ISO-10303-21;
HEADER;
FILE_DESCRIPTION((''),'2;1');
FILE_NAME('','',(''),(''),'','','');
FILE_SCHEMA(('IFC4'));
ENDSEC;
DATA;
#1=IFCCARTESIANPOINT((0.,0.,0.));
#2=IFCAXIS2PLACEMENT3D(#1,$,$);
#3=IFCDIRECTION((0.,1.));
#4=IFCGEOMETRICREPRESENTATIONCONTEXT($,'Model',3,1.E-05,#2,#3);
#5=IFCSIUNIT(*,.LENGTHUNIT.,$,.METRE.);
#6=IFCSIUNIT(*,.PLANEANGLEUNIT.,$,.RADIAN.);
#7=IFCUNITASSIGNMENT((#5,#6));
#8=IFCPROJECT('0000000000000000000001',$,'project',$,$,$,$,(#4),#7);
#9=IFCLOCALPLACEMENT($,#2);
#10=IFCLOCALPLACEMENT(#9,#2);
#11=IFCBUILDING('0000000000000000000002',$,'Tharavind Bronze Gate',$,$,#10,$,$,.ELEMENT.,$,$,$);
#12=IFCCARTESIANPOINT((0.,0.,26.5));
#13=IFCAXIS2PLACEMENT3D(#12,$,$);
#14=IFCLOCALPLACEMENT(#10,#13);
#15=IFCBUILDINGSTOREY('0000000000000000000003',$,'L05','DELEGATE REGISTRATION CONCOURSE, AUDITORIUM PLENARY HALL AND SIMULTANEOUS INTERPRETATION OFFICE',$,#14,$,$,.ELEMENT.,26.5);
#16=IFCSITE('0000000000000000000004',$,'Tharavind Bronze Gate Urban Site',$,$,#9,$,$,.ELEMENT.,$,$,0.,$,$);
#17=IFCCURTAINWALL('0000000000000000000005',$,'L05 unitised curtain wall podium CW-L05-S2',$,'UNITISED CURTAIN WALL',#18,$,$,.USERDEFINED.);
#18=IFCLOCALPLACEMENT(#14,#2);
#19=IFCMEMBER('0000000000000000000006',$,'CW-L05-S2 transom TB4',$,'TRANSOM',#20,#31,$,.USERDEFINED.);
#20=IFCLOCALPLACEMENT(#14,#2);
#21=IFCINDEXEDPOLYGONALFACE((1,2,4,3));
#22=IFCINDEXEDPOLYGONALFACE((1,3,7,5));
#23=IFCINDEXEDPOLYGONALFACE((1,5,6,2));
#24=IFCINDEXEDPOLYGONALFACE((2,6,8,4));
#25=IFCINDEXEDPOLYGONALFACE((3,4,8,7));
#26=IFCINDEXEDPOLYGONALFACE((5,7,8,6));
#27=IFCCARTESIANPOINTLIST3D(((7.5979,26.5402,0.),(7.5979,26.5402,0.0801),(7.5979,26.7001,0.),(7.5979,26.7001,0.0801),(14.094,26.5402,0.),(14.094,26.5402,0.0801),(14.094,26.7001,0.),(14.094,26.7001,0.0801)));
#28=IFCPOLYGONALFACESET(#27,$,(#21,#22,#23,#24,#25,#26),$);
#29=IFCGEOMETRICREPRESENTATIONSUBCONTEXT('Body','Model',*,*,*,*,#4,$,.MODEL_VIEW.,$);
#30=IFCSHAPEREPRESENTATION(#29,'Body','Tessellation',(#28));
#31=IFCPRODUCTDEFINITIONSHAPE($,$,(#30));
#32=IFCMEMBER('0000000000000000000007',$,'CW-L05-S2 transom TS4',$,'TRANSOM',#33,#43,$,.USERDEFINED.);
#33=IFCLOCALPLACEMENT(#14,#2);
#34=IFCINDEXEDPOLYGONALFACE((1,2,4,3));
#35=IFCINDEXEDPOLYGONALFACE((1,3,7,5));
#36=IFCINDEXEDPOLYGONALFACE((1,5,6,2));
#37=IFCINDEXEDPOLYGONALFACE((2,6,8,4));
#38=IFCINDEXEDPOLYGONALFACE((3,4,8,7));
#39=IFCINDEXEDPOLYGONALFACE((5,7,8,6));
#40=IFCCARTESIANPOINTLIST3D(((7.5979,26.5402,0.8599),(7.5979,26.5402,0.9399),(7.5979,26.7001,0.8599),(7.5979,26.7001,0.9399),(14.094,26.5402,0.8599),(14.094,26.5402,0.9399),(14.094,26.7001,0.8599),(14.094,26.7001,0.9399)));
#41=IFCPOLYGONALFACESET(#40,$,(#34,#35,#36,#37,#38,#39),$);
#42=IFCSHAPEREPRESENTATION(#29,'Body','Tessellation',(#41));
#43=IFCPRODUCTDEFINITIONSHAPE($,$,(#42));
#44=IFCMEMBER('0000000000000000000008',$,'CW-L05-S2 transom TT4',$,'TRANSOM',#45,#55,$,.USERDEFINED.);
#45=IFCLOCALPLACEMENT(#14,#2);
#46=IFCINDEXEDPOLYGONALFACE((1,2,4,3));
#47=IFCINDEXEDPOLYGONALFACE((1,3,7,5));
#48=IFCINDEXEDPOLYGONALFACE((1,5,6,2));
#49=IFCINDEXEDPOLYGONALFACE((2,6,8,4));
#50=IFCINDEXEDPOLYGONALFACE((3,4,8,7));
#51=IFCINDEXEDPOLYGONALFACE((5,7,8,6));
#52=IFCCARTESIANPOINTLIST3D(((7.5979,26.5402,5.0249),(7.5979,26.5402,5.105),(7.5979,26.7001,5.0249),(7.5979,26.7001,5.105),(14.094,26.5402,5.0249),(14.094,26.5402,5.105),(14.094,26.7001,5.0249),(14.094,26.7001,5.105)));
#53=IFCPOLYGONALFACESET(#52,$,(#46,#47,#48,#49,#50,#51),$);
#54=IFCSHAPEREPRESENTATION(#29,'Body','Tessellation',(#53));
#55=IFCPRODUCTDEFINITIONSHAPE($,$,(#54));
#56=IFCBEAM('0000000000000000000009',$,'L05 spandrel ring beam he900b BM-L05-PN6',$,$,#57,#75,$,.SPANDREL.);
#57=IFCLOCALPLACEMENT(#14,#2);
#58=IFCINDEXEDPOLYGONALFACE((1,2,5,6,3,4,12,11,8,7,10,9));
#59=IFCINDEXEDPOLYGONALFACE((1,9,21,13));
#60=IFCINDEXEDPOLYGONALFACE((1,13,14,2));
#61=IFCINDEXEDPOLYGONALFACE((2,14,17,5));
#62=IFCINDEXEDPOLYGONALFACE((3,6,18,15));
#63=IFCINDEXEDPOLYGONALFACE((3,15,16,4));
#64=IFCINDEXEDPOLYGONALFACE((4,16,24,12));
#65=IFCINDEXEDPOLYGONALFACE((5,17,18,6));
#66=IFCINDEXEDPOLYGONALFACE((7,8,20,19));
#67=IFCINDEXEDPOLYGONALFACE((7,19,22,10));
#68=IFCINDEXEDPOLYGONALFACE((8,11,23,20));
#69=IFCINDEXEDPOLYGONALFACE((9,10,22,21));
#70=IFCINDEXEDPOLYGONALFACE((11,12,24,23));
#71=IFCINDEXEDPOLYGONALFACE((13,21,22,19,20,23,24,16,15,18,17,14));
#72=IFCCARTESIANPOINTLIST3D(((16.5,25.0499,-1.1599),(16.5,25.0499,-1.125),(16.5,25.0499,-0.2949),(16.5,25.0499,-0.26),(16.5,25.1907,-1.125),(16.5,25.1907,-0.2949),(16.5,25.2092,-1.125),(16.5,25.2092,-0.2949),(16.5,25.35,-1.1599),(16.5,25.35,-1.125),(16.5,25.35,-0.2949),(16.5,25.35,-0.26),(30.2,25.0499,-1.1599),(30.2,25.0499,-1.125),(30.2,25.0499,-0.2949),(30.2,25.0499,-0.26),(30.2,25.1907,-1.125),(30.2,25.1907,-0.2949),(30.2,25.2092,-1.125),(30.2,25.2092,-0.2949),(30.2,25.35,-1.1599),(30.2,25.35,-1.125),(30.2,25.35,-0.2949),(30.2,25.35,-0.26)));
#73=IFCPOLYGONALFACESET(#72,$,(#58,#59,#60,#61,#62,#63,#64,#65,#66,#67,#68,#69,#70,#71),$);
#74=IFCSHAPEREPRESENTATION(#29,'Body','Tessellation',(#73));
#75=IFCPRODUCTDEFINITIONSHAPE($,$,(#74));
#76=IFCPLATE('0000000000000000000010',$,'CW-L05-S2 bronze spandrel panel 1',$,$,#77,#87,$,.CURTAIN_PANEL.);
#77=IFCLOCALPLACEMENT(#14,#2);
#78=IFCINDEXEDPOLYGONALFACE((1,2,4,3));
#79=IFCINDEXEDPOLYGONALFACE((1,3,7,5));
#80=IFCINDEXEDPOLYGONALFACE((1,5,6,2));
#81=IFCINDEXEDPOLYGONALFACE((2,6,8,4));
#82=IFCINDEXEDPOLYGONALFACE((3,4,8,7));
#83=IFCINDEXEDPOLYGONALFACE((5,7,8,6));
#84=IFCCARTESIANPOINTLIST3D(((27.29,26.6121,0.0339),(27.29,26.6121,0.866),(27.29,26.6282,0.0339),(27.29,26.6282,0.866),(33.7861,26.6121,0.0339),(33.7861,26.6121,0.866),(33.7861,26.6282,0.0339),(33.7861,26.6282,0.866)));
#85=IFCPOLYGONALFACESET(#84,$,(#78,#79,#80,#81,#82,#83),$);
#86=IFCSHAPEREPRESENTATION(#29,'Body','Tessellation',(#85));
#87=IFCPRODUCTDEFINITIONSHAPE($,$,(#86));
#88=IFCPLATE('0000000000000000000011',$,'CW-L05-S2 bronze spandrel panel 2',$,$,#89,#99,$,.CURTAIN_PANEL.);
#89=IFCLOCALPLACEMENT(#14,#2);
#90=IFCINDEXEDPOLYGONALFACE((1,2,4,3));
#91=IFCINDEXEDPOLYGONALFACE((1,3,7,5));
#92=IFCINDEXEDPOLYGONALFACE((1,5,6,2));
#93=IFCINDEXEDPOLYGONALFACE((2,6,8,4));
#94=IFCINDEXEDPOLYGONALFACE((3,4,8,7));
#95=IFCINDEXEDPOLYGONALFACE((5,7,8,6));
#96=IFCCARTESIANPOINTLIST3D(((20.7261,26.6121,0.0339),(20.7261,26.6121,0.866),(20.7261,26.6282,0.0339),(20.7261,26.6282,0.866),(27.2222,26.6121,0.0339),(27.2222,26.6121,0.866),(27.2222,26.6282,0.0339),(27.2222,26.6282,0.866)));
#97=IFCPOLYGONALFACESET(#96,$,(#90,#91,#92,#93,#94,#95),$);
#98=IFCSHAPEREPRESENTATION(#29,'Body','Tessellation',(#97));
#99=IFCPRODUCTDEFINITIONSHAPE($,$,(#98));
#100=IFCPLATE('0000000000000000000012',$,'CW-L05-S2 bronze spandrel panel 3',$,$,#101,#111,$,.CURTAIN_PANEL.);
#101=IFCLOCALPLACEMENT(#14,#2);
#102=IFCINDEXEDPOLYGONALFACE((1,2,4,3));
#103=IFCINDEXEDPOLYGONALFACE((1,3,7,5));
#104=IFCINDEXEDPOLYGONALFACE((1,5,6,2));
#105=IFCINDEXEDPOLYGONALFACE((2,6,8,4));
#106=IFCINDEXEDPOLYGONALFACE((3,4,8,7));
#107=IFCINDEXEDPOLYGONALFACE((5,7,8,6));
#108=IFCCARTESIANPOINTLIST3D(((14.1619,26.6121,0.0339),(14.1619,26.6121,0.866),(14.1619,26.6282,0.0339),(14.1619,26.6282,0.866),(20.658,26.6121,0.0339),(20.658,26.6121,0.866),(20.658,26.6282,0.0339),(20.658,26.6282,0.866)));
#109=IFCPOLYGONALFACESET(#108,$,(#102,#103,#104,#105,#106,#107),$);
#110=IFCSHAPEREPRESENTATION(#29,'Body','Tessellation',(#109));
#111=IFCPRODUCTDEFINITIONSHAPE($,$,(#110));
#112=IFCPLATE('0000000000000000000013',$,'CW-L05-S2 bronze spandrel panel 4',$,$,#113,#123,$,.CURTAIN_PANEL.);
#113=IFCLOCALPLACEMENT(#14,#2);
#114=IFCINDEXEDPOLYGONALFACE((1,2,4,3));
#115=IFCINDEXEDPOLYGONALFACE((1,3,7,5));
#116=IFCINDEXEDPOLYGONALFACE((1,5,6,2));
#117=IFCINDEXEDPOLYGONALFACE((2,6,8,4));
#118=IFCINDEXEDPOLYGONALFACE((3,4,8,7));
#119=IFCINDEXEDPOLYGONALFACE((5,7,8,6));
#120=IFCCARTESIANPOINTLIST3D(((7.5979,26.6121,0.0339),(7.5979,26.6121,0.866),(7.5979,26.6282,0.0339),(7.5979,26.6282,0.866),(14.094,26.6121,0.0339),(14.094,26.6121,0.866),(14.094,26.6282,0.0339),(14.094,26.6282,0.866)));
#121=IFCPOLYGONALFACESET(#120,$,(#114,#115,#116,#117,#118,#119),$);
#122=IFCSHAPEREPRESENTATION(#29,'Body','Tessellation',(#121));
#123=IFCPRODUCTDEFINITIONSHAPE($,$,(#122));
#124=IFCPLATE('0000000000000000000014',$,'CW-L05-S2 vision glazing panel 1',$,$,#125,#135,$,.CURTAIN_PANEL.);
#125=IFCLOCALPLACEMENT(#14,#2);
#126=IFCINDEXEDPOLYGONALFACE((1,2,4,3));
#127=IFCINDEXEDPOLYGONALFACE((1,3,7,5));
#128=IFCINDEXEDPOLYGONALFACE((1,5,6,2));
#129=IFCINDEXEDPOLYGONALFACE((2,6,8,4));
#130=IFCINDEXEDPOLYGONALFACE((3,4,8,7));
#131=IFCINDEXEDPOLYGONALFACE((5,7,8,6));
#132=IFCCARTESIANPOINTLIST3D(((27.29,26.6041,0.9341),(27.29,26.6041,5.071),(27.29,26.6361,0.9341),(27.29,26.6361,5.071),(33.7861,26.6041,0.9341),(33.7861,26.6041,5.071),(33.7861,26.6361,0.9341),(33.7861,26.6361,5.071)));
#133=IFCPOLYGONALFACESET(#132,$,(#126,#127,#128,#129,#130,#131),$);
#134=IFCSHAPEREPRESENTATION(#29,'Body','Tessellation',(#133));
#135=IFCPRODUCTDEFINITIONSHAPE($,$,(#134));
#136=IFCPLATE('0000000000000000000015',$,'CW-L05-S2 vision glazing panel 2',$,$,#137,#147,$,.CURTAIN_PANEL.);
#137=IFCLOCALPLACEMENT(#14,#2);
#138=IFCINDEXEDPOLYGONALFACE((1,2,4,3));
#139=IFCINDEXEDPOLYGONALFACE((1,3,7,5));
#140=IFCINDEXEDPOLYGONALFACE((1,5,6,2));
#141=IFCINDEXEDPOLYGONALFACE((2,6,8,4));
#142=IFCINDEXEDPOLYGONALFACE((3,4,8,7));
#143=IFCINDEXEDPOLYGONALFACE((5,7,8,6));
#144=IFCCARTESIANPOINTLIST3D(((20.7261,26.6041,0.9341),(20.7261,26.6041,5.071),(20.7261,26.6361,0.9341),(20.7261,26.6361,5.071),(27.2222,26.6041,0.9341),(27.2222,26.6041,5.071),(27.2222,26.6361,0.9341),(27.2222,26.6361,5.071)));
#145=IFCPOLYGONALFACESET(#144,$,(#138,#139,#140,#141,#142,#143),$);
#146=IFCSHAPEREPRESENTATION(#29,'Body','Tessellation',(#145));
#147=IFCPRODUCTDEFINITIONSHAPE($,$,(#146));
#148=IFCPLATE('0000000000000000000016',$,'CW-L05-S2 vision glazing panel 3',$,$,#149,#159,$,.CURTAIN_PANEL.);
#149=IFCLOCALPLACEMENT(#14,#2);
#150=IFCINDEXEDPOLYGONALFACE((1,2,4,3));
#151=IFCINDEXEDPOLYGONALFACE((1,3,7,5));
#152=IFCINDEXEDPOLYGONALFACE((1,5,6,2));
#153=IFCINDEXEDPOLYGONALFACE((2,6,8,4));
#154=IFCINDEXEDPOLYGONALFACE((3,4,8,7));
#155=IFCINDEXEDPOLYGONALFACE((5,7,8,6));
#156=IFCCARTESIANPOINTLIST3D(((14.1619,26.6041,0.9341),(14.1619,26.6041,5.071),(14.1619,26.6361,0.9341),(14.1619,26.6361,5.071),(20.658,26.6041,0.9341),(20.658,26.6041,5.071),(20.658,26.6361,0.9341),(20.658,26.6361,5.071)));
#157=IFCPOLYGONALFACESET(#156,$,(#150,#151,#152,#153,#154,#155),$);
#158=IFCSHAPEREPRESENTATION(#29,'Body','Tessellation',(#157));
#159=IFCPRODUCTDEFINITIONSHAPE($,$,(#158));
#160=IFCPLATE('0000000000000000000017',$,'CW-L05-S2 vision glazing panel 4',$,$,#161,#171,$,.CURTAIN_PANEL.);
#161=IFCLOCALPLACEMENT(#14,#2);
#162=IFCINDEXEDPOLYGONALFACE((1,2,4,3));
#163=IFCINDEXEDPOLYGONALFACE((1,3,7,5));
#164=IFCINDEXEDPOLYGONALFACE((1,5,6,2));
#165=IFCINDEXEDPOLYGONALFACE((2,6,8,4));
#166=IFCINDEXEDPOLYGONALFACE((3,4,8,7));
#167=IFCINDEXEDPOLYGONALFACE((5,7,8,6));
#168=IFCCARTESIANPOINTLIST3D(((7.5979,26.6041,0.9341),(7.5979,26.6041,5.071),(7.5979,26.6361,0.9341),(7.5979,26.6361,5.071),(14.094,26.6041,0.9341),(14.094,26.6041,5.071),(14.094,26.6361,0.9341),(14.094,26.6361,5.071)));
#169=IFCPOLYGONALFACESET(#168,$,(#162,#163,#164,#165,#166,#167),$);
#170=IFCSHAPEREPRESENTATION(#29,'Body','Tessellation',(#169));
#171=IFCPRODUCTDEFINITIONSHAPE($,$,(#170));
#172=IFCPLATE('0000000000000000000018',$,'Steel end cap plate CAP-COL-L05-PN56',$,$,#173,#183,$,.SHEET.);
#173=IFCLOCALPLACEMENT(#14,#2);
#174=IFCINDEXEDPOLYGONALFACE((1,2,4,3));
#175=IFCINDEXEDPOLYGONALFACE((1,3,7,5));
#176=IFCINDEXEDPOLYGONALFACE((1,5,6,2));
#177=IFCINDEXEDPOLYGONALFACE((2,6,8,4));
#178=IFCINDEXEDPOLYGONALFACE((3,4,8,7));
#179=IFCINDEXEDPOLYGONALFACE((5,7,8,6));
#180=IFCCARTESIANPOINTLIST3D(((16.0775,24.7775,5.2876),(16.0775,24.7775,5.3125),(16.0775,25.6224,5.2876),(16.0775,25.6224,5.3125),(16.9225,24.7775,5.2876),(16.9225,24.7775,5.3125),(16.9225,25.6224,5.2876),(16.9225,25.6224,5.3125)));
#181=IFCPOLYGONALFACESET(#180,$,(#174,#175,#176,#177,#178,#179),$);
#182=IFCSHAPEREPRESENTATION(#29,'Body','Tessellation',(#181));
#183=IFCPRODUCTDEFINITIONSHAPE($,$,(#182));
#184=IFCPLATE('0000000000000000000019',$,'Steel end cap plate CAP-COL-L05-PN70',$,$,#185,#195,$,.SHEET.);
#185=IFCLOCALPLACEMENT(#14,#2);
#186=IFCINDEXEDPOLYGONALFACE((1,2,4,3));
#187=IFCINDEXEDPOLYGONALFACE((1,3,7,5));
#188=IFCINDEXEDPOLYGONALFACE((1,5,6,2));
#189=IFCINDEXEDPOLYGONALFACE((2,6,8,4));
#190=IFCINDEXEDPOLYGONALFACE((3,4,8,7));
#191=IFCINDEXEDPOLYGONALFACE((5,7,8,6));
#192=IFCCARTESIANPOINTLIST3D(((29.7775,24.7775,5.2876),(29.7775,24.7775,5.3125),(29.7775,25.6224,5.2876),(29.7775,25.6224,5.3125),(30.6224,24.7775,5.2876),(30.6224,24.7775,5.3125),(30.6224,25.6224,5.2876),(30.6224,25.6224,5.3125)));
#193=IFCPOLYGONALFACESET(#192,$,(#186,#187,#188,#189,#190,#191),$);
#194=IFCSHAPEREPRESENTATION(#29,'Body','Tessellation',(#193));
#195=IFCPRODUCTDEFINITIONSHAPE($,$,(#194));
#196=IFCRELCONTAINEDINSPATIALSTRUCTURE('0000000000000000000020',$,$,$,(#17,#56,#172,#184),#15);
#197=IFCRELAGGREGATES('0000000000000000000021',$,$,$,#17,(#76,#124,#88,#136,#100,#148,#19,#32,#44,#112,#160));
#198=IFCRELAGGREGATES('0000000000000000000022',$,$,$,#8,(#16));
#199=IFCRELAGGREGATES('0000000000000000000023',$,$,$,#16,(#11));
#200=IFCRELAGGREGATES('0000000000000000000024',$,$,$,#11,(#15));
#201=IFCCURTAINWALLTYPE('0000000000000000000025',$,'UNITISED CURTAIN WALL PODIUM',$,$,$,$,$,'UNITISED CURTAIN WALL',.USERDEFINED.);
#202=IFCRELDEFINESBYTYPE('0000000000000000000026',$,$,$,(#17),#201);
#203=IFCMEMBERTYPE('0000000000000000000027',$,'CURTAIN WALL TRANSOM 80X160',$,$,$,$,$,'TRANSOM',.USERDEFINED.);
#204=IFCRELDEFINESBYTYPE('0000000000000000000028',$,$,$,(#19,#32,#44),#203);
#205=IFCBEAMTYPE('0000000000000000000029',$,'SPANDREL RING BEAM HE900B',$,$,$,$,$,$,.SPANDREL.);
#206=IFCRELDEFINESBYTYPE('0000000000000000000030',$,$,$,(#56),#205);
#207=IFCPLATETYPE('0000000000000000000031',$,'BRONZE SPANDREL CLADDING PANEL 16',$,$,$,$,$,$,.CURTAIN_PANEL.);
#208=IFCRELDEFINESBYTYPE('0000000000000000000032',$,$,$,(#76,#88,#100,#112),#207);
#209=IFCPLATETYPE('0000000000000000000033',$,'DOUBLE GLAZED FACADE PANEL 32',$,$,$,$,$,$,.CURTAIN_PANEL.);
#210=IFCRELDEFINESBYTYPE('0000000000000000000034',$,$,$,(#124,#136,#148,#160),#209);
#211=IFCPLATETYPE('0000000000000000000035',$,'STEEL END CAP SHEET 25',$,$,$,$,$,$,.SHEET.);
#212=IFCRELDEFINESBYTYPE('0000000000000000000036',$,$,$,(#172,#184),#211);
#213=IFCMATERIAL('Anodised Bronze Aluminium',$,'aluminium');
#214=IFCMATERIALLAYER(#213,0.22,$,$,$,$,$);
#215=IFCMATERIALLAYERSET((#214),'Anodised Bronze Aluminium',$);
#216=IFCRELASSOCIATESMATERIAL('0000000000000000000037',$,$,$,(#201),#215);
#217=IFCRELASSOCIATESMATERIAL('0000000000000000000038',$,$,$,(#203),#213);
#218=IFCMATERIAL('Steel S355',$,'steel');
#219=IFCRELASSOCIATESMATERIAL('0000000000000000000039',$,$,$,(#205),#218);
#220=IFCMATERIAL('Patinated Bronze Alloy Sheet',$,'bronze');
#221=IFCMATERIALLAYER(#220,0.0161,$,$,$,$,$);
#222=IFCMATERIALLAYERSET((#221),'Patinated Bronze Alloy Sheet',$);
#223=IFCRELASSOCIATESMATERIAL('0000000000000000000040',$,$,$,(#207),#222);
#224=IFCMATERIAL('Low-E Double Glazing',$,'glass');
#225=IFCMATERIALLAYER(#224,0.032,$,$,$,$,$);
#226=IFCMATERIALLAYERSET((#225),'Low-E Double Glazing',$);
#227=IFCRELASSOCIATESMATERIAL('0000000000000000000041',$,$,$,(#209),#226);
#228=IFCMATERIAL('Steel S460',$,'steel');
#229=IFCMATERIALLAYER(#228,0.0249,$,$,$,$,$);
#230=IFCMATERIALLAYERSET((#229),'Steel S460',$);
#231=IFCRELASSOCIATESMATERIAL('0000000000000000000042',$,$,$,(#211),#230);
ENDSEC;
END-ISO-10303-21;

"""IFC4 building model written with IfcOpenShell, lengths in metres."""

from ifc_helpers import new_model, si_unit, direction, frame, origin, origin_2d, place, context, subcontext, project, spatial, rectangle, i_section, extrude, material, layer, layer_set, material_profile, profile_set, type_object, element, aggregate, save


model = new_model("IFC4")

# Units and contexts
model_context = context("Model", 3, precision=1e-05, world=origin(), true_north=direction((0.0, 1.0)))
body_context = subcontext(model_context, "Body", "Model", "MODEL_VIEW")
ifc_project = project(units=[si_unit("LENGTHUNIT", "METRE"), si_unit("PLANEANGLEUNIT", "RADIAN")], contexts=[model_context])

# Site, building, storey
site_placement = place(None, origin())
site = spatial("IfcSite", under=ifc_project, at=site_placement, Name="Tharavind Bronze Gate Urban Site", CompositionType="ELEMENT", RefElevation=0.0)
building_placement = place(site_placement, origin())
building = spatial("IfcBuilding", under=site, at=building_placement, Name="Tharavind Bronze Gate", CompositionType="ELEMENT")
storey_placement = place(building_placement, frame((0.0, 0.0, 26.5)))
storey = spatial("IfcBuildingStorey", under=building, at=storey_placement, Name="L05", Description="DELEGATE REGISTRATION CONCOURSE, AUDITORIUM PLENARY HALL AND SIMULTANEOUS INTERPRETATION OFFICE", CompositionType="ELEMENT", Elevation=26.5)

# Shared definitions
ifc_material_1 = material(Name="Steel S460", Category="steel")

# Curtain wall, members
ifc_material_2 = material(Name="Anodised Bronze Aluminium", Category="aluminium")
ifc_layer_1 = layer(ifc_material_2, 0.22)
ifc_layer_set_1 = layer_set([ifc_layer_1], Name="Anodised Bronze Aluminium")
curtain_wall_type = type_object("IfcCurtainWallType", Name="UNITISED CURTAIN WALL PODIUM", ElementType="UNITISED CURTAIN WALL", PredefinedType="USERDEFINED", material=ifc_layer_set_1)
curtain_wall_placement = place(storey_placement, origin())
curtain_wall = element("IfcCurtainWall", 1, at=curtain_wall_placement, inside=storey, type_object=curtain_wall_type, Name="L05 unitised curtain wall podium CW-L05-S2", ObjectType="UNITISED CURTAIN WALL", PredefinedType="USERDEFINED")
member_type_1 = type_object("IfcMemberType", Name="CURTAIN WALL TRANSOM 80X160", ElementType="TRANSOM", PredefinedType="USERDEFINED", material=ifc_material_2)
member_1_placement = place(storey_placement, frame((10.8459, 26.6201, 0.0), z_axis=(0.0, 0.0, 1.0), x_axis=(-1.0, 0.0, 0.0)))
member_1 = element("IfcMember", 2, at=member_1_placement, type_object=member_type_1, Name="CW-L05-S2 transom TB4", ObjectType="TRANSOM", PredefinedType="USERDEFINED", context=body_context, shape_type="SweptSolid", body=[
    extrude(rectangle(XDim=6.4961, YDim=0.1599, at=origin_2d()), origin(), (0.0, 0.0, 1.0), 0.0801),
])
member_2_placement = place(storey_placement, frame((10.8459, 26.6201, 0.8599), z_axis=(0.0, 0.0, 1.0), x_axis=(-1.0, 0.0, 0.0)))
member_2 = element("IfcMember", 3, at=member_2_placement, type_object=member_type_1, Name="CW-L05-S2 transom TS4", ObjectType="TRANSOM", PredefinedType="USERDEFINED", context=body_context, shape_type="SweptSolid", body=[
    extrude(rectangle(XDim=6.4961, YDim=0.1599, at=origin_2d()), origin(), (0.0, 0.0, 1.0), 0.0801),
])
member_3_placement = place(storey_placement, frame((10.8459, 26.6201, 5.0249), z_axis=(0.0, 0.0, 1.0), x_axis=(-1.0, 0.0, 0.0)))
member_3 = element("IfcMember", 4, at=member_3_placement, type_object=member_type_1, Name="CW-L05-S2 transom TT4", ObjectType="TRANSOM", PredefinedType="USERDEFINED", context=body_context, shape_type="SweptSolid", body=[
    extrude(rectangle(XDim=6.4961, YDim=0.1599, at=origin_2d()), origin(), (0.0, 0.0, 1.0), 0.0801),
])

# Beam
ifc_material_3 = material(Name="Steel S355", Category="steel")
ifc_material_profile_1 = material_profile(ifc_material_3, i_section(OverallWidth=0.3, OverallDepth=0.8999, WebThickness=0.0186, FlangeThickness=0.0349, at=origin_2d()), Name="HE900B")
ifc_profile_set_1 = profile_set([ifc_material_profile_1], Name="Steel S355")
beam_type = type_object("IfcBeamType", Name="SPANDREL RING BEAM HE900B", PredefinedType="SPANDREL", material=ifc_profile_set_1)
beam_placement = place(storey_placement, frame((16.5, 25.2, -0.71), z_axis=(1.0, 0.0, 0.0), x_axis=(0.0, 1.0, 0.0)))
element("IfcBeam", 5, at=beam_placement, inside=storey, type_object=beam_type, Name="L05 spandrel ring beam he900b BM-L05-PN6", PredefinedType="SPANDREL", context=body_context, shape_type="SweptSolid", body=[
    extrude(i_section(OverallWidth=0.3, OverallDepth=0.8999, WebThickness=0.0186, FlangeThickness=0.0349, at=origin_2d()), origin(), (0.0, 0.0, 1.0), 13.7),
])

# Plates
ifc_material_4 = material(Name="Patinated Bronze Alloy Sheet", Category="bronze")
ifc_layer_2 = layer(ifc_material_4, 0.0161)
ifc_layer_set_2 = layer_set([ifc_layer_2], Name="Patinated Bronze Alloy Sheet")
plate_type_1 = type_object("IfcPlateType", Name="BRONZE SPANDREL CLADDING PANEL 16", PredefinedType="CURTAIN_PANEL", material=ifc_layer_set_2)
plate_1_placement = place(storey_placement, frame((30.5381, 26.6201, 0.0339), z_axis=(0.0, 0.0, 1.0), x_axis=(-1.0, 0.0, 0.0)))
plate_1 = element("IfcPlate", 6, at=plate_1_placement, type_object=plate_type_1, Name="CW-L05-S2 bronze spandrel panel 1", PredefinedType="CURTAIN_PANEL", context=body_context, shape_type="SweptSolid", body=[
    extrude(rectangle(XDim=6.4961, YDim=0.0161, at=origin_2d()), origin(), (0.0, 0.0, 1.0), 0.832),
])
plate_2_placement = place(storey_placement, frame((23.9741, 26.6201, 0.0339), z_axis=(0.0, 0.0, 1.0), x_axis=(-1.0, 0.0, 0.0)))
plate_2 = element("IfcPlate", 7, at=plate_2_placement, type_object=plate_type_1, Name="CW-L05-S2 bronze spandrel panel 2", PredefinedType="CURTAIN_PANEL", context=body_context, shape_type="SweptSolid", body=[
    extrude(rectangle(XDim=6.4961, YDim=0.0161, at=origin_2d()), origin(), (0.0, 0.0, 1.0), 0.832),
])
plate_3_placement = place(storey_placement, frame((17.4099, 26.6201, 0.0339), z_axis=(0.0, 0.0, 1.0), x_axis=(-1.0, 0.0, 0.0)))
plate_3 = element("IfcPlate", 8, at=plate_3_placement, type_object=plate_type_1, Name="CW-L05-S2 bronze spandrel panel 3", PredefinedType="CURTAIN_PANEL", context=body_context, shape_type="SweptSolid", body=[
    extrude(rectangle(XDim=6.4961, YDim=0.0161, at=origin_2d()), origin(), (0.0, 0.0, 1.0), 0.832),
])
plate_4_placement = place(storey_placement, frame((10.8459, 26.6201, 0.0339), z_axis=(0.0, 0.0, 1.0), x_axis=(-1.0, 0.0, 0.0)))
plate_4 = element("IfcPlate", 9, at=plate_4_placement, type_object=plate_type_1, Name="CW-L05-S2 bronze spandrel panel 4", PredefinedType="CURTAIN_PANEL", context=body_context, shape_type="SweptSolid", body=[
    extrude(rectangle(XDim=6.4961, YDim=0.0161, at=origin_2d()), origin(), (0.0, 0.0, 1.0), 0.832),
])
ifc_material_5 = material(Name="Low-E Double Glazing", Category="glass")
ifc_layer_3 = layer(ifc_material_5, 0.032)
ifc_layer_set_3 = layer_set([ifc_layer_3], Name="Low-E Double Glazing")
plate_type_2 = type_object("IfcPlateType", Name="DOUBLE GLAZED FACADE PANEL 32", PredefinedType="CURTAIN_PANEL", material=ifc_layer_set_3)
plate_5_placement = place(storey_placement, frame((30.5381, 26.6201, 0.9341), z_axis=(0.0, 0.0, 1.0), x_axis=(-1.0, 0.0, 0.0)))
plate_5 = element("IfcPlate", 10, at=plate_5_placement, type_object=plate_type_2, Name="CW-L05-S2 vision glazing panel 1", PredefinedType="CURTAIN_PANEL", context=body_context, shape_type="SweptSolid", body=[
    extrude(rectangle(XDim=6.4961, YDim=0.032, at=origin_2d()), origin(), (0.0, 0.0, 1.0), 4.137),
])
plate_6_placement = place(storey_placement, frame((23.9741, 26.6201, 0.9341), z_axis=(0.0, 0.0, 1.0), x_axis=(-1.0, 0.0, 0.0)))
plate_6 = element("IfcPlate", 11, at=plate_6_placement, type_object=plate_type_2, Name="CW-L05-S2 vision glazing panel 2", PredefinedType="CURTAIN_PANEL", context=body_context, shape_type="SweptSolid", body=[
    extrude(rectangle(XDim=6.4961, YDim=0.032, at=origin_2d()), origin(), (0.0, 0.0, 1.0), 4.137),
])
plate_7_placement = place(storey_placement, frame((17.4099, 26.6201, 0.9341), z_axis=(0.0, 0.0, 1.0), x_axis=(-1.0, 0.0, 0.0)))
plate_7 = element("IfcPlate", 12, at=plate_7_placement, type_object=plate_type_2, Name="CW-L05-S2 vision glazing panel 3", PredefinedType="CURTAIN_PANEL", context=body_context, shape_type="SweptSolid", body=[
    extrude(rectangle(XDim=6.4961, YDim=0.032, at=origin_2d()), origin(), (0.0, 0.0, 1.0), 4.137),
])
plate_8_placement = place(storey_placement, frame((10.8459, 26.6201, 0.9341), z_axis=(0.0, 0.0, 1.0), x_axis=(-1.0, 0.0, 0.0)))
plate_8 = element("IfcPlate", 13, at=plate_8_placement, type_object=plate_type_2, Name="CW-L05-S2 vision glazing panel 4", PredefinedType="CURTAIN_PANEL", context=body_context, shape_type="SweptSolid", body=[
    extrude(rectangle(XDim=6.4961, YDim=0.032, at=origin_2d()), origin(), (0.0, 0.0, 1.0), 4.137),
])
aggregate(curtain_wall, [plate_1, plate_5, plate_2, plate_6, plate_3, plate_7, member_1, member_2, member_3, plate_4, plate_8])

# Plates
ifc_layer_4 = layer(ifc_material_1, 0.0249)
ifc_layer_set_4 = layer_set([ifc_layer_4], Name="Steel S460")
plate_type_3 = type_object("IfcPlateType", Name="STEEL END CAP SHEET 25", PredefinedType="SHEET", material=ifc_layer_set_4)
for number, where, z_axis, x_axis, name in (
    (14, (16.5, 25.2, 5.2876), (0.0, 0.0, 1.0), (1.0, 0.0, 0.0), "Steel end cap plate CAP-COL-L05-PN56"),
    (15, (30.2, 25.2, 5.2876), (0.0, 0.0, 1.0), (1.0, 0.0, 0.0), "Steel end cap plate CAP-COL-L05-PN70"),
):
    element("IfcPlate", number, at=place(storey_placement, frame(where, z_axis=z_axis, x_axis=x_axis)), inside=storey, type_object=plate_type_3, Name=name, PredefinedType="SHEET", context=body_context, shape_type="SweptSolid", body=[
        extrude(rectangle(XDim=0.845, YDim=0.845, at=origin_2d()), origin(), (0.0, 0.0, 1.0), 0.0249),
    ])

save(model, "model.ifc")
